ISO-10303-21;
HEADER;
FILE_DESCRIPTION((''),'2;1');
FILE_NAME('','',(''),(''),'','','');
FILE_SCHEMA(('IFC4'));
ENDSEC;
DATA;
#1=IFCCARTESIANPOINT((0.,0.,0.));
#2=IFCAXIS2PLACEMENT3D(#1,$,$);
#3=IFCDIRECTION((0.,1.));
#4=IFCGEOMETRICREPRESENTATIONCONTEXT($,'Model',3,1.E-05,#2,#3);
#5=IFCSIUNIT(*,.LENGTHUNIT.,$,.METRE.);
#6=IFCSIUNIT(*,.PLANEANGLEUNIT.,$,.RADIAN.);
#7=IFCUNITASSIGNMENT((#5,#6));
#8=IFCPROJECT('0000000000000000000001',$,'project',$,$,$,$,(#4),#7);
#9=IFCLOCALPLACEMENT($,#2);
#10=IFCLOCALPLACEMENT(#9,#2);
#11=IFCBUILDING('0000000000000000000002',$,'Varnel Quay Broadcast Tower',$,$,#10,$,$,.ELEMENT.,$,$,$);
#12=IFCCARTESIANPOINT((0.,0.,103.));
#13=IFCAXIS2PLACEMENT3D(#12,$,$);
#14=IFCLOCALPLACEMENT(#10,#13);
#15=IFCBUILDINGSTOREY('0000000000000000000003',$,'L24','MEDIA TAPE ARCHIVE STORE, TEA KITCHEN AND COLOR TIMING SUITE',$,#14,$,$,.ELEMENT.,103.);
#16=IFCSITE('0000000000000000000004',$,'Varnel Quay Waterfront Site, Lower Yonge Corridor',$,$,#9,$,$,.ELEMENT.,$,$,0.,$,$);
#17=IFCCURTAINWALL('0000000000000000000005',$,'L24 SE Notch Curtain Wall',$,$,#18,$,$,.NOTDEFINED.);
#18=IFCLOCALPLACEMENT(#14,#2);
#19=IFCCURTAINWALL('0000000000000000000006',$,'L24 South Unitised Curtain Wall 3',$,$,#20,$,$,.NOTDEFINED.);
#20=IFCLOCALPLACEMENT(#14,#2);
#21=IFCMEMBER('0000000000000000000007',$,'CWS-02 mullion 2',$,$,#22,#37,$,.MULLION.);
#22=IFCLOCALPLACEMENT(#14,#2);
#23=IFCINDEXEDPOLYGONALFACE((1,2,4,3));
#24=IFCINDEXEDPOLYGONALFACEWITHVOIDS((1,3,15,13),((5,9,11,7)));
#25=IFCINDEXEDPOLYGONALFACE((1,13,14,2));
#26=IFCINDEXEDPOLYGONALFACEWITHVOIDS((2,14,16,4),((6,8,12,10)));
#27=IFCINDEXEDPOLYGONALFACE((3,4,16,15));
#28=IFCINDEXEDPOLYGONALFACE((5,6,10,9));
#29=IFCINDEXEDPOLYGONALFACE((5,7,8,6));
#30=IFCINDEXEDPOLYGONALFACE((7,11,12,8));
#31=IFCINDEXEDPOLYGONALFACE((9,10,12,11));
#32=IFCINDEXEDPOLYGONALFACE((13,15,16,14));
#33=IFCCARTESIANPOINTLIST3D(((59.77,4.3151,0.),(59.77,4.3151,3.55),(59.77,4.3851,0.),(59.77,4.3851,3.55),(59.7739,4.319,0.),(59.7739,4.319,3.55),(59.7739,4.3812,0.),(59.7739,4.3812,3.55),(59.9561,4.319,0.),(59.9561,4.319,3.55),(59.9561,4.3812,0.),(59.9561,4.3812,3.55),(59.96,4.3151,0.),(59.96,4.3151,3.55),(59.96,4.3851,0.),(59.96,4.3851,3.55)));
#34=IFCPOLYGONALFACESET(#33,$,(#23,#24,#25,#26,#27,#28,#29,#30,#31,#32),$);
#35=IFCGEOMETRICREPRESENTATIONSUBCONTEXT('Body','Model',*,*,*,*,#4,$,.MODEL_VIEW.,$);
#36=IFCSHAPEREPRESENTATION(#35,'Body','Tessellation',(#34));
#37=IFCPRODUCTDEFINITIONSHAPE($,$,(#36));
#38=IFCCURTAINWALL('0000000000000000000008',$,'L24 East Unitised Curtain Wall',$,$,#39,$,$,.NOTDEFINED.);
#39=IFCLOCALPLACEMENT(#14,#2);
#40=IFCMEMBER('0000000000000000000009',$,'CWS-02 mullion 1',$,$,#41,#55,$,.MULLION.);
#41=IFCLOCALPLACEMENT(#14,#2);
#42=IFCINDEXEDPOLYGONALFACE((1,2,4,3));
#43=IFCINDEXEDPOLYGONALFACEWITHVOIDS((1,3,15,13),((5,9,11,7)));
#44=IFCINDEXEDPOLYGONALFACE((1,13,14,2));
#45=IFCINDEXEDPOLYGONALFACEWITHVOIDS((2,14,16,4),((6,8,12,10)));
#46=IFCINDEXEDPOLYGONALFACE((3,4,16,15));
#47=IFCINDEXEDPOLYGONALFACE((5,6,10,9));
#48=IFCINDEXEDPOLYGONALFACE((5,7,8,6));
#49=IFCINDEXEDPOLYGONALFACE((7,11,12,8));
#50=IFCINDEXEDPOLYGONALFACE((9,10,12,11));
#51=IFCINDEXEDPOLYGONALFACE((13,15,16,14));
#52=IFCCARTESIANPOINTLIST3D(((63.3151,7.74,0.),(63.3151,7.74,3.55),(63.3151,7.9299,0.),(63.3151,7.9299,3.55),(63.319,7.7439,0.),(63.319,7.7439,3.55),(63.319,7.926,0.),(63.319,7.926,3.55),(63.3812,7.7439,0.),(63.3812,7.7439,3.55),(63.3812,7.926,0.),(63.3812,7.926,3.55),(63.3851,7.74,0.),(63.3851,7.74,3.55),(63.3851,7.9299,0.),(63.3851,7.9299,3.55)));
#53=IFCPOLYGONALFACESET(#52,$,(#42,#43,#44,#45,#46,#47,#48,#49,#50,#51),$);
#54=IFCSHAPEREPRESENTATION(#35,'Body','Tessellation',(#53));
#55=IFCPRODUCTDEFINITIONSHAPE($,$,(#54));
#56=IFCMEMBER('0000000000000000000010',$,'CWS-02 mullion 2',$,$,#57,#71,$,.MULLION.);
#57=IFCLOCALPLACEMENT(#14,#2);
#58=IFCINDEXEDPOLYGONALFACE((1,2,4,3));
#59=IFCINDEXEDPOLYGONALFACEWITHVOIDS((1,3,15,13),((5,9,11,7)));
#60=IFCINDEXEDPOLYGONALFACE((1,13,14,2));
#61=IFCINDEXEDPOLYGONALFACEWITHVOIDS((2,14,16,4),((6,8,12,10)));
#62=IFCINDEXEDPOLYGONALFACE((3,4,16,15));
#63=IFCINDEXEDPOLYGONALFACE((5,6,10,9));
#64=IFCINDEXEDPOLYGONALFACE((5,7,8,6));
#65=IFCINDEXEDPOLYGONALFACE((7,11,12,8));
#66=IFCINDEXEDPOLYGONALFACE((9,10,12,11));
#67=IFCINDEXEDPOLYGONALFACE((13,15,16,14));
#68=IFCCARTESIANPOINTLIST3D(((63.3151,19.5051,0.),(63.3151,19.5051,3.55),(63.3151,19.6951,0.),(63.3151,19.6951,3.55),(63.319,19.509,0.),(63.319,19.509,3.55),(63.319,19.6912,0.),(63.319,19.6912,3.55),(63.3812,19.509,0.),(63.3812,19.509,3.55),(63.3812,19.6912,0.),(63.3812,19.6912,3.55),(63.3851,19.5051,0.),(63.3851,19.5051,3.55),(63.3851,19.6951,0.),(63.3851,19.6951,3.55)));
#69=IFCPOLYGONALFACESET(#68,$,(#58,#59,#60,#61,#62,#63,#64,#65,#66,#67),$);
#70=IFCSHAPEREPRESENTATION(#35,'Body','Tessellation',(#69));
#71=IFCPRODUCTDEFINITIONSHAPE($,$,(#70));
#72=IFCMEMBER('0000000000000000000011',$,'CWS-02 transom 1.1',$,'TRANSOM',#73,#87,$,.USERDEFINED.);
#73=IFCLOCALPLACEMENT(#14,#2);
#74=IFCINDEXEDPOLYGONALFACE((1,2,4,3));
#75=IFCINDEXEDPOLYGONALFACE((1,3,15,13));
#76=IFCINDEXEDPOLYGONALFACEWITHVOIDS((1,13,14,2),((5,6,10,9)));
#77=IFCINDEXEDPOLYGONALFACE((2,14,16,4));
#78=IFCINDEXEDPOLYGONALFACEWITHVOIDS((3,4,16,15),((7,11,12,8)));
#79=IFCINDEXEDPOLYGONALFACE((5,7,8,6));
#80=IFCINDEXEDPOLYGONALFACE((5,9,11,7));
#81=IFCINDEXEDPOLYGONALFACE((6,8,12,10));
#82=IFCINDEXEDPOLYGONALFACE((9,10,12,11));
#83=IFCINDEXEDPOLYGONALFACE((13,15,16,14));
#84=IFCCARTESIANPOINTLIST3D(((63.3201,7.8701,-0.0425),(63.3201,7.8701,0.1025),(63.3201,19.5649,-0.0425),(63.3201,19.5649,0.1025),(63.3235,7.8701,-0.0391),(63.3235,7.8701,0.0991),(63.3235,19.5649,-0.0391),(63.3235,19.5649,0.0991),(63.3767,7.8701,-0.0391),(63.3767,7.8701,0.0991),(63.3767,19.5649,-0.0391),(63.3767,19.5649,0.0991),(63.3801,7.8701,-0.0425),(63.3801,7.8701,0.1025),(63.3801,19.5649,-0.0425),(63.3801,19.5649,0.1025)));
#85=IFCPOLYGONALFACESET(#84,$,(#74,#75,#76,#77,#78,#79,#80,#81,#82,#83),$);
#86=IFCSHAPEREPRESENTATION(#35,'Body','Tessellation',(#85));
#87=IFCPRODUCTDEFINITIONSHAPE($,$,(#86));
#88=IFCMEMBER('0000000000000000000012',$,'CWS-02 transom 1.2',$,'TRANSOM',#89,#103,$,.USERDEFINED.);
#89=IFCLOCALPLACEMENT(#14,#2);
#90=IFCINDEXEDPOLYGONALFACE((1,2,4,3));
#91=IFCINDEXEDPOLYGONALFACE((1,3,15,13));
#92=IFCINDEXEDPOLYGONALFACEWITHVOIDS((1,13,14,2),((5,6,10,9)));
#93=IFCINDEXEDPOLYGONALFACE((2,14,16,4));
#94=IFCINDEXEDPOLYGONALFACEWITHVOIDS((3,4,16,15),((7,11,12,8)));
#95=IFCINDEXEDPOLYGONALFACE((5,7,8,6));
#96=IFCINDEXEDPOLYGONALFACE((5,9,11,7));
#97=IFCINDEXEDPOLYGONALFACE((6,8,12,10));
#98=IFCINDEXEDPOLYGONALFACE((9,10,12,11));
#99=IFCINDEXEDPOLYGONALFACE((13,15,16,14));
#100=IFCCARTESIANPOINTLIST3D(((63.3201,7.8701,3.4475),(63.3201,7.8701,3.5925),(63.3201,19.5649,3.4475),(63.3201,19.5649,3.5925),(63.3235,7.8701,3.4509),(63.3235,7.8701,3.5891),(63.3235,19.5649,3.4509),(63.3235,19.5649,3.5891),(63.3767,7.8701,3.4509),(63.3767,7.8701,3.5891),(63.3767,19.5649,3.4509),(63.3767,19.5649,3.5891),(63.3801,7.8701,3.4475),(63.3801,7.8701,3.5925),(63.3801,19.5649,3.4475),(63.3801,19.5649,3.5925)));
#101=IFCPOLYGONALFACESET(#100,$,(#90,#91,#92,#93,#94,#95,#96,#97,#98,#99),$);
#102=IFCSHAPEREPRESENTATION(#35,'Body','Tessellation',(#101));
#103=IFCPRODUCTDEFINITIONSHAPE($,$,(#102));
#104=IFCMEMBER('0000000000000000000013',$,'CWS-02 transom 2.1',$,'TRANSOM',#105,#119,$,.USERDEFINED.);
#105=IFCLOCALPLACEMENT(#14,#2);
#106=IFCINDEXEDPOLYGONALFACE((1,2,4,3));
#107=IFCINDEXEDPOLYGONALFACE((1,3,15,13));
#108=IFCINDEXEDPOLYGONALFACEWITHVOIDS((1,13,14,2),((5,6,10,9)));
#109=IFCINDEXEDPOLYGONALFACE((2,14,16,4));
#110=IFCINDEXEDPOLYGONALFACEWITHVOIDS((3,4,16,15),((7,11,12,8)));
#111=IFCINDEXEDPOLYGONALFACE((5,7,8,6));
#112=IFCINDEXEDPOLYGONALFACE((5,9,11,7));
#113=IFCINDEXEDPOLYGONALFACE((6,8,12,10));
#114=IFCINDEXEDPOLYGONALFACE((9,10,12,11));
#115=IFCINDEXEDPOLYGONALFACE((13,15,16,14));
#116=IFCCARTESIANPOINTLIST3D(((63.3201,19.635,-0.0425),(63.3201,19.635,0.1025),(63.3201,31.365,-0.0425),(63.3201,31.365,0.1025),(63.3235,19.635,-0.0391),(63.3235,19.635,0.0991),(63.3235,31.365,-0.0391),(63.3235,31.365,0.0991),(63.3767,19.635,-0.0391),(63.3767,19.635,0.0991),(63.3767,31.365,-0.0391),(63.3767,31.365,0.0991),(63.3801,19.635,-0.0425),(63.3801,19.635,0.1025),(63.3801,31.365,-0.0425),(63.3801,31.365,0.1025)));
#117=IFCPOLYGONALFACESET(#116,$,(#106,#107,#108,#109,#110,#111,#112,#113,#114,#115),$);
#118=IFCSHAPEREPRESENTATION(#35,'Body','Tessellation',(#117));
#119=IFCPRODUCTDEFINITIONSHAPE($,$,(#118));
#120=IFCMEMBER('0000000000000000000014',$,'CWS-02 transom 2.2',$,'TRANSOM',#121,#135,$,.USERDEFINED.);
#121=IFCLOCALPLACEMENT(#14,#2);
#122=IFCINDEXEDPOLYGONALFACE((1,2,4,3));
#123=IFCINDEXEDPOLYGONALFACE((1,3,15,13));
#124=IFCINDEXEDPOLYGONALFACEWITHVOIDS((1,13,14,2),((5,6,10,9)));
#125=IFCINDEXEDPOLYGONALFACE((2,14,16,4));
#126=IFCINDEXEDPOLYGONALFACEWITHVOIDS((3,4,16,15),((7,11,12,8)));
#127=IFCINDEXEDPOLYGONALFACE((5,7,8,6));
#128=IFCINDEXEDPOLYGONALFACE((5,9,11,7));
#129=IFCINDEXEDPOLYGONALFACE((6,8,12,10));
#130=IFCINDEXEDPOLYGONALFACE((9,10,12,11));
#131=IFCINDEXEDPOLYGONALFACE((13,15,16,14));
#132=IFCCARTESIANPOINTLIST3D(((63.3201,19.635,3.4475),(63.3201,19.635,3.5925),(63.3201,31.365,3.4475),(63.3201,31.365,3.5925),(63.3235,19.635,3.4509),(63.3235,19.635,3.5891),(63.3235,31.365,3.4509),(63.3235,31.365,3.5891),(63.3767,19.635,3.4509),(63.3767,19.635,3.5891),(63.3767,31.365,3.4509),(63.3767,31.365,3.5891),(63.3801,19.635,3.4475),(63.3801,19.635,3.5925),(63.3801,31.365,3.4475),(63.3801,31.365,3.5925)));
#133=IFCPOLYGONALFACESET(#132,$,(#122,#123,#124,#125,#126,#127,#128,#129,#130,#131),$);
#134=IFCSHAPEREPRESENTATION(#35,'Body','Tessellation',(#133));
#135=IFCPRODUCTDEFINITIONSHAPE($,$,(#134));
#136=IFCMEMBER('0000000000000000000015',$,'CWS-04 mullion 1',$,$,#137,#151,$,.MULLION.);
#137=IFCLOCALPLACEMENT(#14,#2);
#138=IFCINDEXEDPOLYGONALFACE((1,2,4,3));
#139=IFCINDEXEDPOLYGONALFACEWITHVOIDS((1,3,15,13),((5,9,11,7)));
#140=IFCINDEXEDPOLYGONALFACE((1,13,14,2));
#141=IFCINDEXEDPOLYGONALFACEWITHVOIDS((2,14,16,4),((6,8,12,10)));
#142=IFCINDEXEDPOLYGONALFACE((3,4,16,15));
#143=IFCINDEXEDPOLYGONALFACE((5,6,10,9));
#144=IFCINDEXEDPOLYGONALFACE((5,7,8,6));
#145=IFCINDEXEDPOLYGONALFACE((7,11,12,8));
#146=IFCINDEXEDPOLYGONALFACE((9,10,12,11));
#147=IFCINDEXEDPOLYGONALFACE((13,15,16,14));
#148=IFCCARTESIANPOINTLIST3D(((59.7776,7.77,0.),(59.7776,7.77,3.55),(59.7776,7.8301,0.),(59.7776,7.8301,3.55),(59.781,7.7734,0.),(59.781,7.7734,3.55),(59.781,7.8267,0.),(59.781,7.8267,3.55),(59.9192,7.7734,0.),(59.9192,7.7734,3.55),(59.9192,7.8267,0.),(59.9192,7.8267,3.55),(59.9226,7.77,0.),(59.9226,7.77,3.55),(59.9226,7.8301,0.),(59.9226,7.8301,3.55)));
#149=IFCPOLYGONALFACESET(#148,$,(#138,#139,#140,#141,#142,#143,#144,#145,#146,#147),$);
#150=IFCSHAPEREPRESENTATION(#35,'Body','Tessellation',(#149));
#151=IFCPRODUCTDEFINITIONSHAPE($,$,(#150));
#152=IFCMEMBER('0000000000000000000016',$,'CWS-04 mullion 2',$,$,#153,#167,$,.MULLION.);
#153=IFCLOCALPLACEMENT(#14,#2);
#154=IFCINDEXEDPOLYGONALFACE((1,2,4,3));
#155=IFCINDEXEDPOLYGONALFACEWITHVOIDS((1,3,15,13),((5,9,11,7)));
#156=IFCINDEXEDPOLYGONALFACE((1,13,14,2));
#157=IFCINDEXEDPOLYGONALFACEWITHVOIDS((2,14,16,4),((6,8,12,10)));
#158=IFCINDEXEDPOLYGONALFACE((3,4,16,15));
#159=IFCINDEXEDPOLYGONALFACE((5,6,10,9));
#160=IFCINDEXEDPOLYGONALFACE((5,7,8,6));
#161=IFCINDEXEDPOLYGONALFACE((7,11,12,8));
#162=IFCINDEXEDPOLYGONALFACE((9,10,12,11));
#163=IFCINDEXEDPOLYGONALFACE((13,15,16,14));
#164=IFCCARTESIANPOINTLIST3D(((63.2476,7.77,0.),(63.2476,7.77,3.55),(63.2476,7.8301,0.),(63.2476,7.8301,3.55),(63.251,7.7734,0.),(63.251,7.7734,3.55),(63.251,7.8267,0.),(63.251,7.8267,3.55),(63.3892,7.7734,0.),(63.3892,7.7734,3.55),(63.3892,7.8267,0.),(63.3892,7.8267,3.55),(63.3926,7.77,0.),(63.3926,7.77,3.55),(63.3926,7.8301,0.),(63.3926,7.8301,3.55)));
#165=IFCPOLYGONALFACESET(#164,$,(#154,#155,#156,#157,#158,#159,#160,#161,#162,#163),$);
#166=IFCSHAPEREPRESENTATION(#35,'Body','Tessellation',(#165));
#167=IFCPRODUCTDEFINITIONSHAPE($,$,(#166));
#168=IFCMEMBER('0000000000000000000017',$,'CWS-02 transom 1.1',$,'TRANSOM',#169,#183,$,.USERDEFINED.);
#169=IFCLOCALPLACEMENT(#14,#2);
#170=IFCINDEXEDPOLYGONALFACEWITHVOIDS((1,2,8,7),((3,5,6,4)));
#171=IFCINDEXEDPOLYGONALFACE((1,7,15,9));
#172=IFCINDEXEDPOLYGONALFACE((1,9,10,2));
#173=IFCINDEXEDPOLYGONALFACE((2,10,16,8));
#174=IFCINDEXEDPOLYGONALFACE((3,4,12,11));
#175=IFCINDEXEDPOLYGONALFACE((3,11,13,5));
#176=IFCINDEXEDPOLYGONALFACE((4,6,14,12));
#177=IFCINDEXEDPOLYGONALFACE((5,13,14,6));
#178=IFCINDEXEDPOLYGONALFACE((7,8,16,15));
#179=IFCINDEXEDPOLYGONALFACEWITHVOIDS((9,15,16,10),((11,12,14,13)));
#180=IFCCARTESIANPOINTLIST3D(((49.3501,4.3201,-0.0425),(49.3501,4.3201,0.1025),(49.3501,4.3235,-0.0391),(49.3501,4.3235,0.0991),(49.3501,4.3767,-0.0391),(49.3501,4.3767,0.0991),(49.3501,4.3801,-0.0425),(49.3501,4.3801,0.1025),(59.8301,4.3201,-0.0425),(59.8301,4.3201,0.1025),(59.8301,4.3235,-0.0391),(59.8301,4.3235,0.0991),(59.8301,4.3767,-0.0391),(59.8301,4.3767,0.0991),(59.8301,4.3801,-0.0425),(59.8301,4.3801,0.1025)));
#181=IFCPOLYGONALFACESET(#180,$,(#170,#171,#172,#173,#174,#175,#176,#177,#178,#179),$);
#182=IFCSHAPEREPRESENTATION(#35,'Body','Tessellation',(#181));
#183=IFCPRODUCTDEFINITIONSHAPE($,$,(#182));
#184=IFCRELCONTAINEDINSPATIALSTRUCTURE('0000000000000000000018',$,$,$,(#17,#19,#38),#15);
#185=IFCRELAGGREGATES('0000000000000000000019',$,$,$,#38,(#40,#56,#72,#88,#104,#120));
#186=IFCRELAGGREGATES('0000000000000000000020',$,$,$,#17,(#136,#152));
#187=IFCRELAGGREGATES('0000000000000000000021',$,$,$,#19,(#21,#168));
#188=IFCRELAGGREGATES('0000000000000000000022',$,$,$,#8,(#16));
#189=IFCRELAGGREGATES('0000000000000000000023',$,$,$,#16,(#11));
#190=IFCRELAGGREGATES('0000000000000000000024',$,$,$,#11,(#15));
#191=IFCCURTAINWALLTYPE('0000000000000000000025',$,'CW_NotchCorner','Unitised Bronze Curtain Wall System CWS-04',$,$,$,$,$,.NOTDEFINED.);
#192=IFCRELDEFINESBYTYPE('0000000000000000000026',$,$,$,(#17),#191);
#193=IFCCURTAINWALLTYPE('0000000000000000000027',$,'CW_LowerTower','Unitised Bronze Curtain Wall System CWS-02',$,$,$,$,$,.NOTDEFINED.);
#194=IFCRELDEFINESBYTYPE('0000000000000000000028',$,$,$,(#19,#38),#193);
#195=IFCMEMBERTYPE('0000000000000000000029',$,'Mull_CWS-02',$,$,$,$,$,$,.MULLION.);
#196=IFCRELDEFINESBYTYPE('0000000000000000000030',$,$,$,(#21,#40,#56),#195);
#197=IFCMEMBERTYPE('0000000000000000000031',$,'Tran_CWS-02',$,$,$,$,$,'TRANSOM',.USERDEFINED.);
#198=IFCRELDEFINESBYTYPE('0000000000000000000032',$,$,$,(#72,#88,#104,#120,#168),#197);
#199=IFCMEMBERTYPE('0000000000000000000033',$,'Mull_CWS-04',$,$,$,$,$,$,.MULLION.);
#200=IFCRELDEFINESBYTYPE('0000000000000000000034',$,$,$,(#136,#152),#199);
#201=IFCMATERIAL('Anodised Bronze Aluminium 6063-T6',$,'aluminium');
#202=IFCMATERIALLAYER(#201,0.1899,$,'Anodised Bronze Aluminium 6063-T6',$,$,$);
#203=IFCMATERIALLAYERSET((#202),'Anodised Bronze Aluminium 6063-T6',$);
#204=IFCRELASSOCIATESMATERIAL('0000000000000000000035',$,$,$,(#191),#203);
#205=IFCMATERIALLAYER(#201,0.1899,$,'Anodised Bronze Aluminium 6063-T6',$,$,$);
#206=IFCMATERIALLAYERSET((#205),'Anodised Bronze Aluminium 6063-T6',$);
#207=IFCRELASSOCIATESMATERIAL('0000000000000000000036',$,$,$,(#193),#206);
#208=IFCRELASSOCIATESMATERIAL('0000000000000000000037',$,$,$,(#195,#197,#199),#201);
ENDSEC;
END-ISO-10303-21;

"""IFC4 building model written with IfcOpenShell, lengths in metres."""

from ifc_helpers import new_model, si_unit, direction, frame, origin, origin_2d, place, context, subcontext, project, spatial, hollow_rectangle, extrude, source, transform, mapped, material, layer, layer_set, material_profile, profile_set, type_object, type_shapes, element, aggregate, save


model = new_model("IFC4")

# Units and contexts
model_context = context("Model", 3, precision=1e-05, world=origin(), true_north=direction((0.0, 1.0)))
body_context = subcontext(model_context, "Body", "Model", "MODEL_VIEW")
ifc_project = project(units=[si_unit("LENGTHUNIT", "METRE"), si_unit("PLANEANGLEUNIT", "RADIAN")], contexts=[model_context])

# Site, building, storey
site_placement = place(None, origin())
site = spatial("IfcSite", under=ifc_project, at=site_placement, Name="Varnel Quay Waterfront Site, Lower Yonge Corridor", CompositionType="ELEMENT", RefElevation=0.0)
building_placement = place(site_placement, origin())
building = spatial("IfcBuilding", under=site, at=building_placement, Name="Varnel Quay Broadcast Tower", CompositionType="ELEMENT")
storey_placement = place(building_placement, frame((0.0, 0.0, 103.0)))
storey = spatial("IfcBuildingStorey", under=building, at=storey_placement, Name="L24", Description="MEDIA TAPE ARCHIVE STORE, TEA KITCHEN AND COLOR TIMING SUITE", CompositionType="ELEMENT", Elevation=103.0)

# Curtain walls, members
ifc_material_1 = material(Name="Anodised Bronze Aluminium 6063-T6", Category="aluminium")
ifc_layer_1 = layer(ifc_material_1, 0.1899, Name="Anodised Bronze Aluminium 6063-T6")
ifc_layer_set_1 = layer_set([ifc_layer_1], Name="Anodised Bronze Aluminium 6063-T6")
curtain_wall_type_1 = type_object("IfcCurtainWallType", Name="CW_NotchCorner", Description="Unitised Bronze Curtain Wall System CWS-04", PredefinedType="NOTDEFINED", material=ifc_layer_set_1)
curtain_wall_1_placement = place(storey_placement, origin())
curtain_wall_1 = element("IfcCurtainWall", 1, at=curtain_wall_1_placement, inside=storey, type_object=curtain_wall_type_1, Name="L24 SE Notch Curtain Wall", PredefinedType="NOTDEFINED")
ifc_layer_2 = layer(ifc_material_1, 0.1899, Name="Anodised Bronze Aluminium 6063-T6")
ifc_layer_set_2 = layer_set([ifc_layer_2], Name="Anodised Bronze Aluminium 6063-T6")
curtain_wall_type_2 = type_object("IfcCurtainWallType", Name="CW_LowerTower", Description="Unitised Bronze Curtain Wall System CWS-02", PredefinedType="NOTDEFINED", material=ifc_layer_set_2)
curtain_wall_2_placement = place(storey_placement, origin())
curtain_wall_2 = element("IfcCurtainWall", 2, at=curtain_wall_2_placement, inside=storey, type_object=curtain_wall_type_2, Name="L24 South Unitised Curtain Wall 3", PredefinedType="NOTDEFINED")
ifc_material_profile_1 = material_profile(ifc_material_1, hollow_rectangle(XDim=0.0701, YDim=0.1899, WallThickness=0.0039, at=origin_2d()), Name="ALU70X190X4")
ifc_profile_set_1 = profile_set([ifc_material_profile_1], Name="Anodised Bronze Aluminium 6063-T6")
member_type_1 = type_object("IfcMemberType", Name="Mull_CWS-02", PredefinedType="MULLION", material=ifc_profile_set_1)
shared_shape_1 = source(origin(), body_context, "Body", "SweptSolid", [
    extrude(hollow_rectangle(XDim=0.0701, YDim=0.1899, WallThickness=0.0039, at=origin_2d()), origin(), (0.0, 0.0, 1.0), 3.55),
])
type_shapes(member_type_1, [shared_shape_1])
member_1_placement = place(storey_placement, frame((59.865, 4.3501, 0.0), z_axis=(0.0, 0.0, 1.0), x_axis=(0.0, 1.0, 0.0)))
member_1 = element("IfcMember", 3, at=member_1_placement, type_object=member_type_1, Name="CWS-02 mullion 2", PredefinedType="MULLION", context=body_context, shape_type="MappedRepresentation", body=[
    mapped(shared_shape_1, transform((0.0, 0.0, 0.0), x_axis=(1.0, 0.0, 0.0), y_axis=(0.0, 1.0, 0.0), z_axis=(0.0, 0.0, 1.0), scale=1.0)),
])
curtain_wall_3_placement = place(storey_placement, origin())
curtain_wall_3 = element("IfcCurtainWall", 4, at=curtain_wall_3_placement, inside=storey, type_object=curtain_wall_type_2, Name="L24 East Unitised Curtain Wall", PredefinedType="NOTDEFINED")
member_2_placement = place(storey_placement, frame((63.3501, 7.835, 0.0), z_axis=(0.0, 0.0, 1.0), x_axis=(-1.0, 0.0, 0.0)))
member_2 = element("IfcMember", 5, at=member_2_placement, type_object=member_type_1, Name="CWS-02 mullion 1", PredefinedType="MULLION", context=body_context, shape_type="MappedRepresentation", body=[
    mapped(shared_shape_1, transform((0.0, 0.0, 0.0), x_axis=(1.0, 0.0, 0.0), y_axis=(0.0, 1.0, 0.0), z_axis=(0.0, 0.0, 1.0), scale=1.0)),
])
member_3_placement = place(storey_placement, frame((63.3501, 19.6001, 0.0), z_axis=(0.0, 0.0, 1.0), x_axis=(-1.0, 0.0, 0.0)))
member_3 = element("IfcMember", 6, at=member_3_placement, type_object=member_type_1, Name="CWS-02 mullion 2", PredefinedType="MULLION", context=body_context, shape_type="MappedRepresentation", body=[
    mapped(shared_shape_1, transform((0.0, 0.0, 0.0), x_axis=(1.0, 0.0, 0.0), y_axis=(0.0, 1.0, 0.0), z_axis=(0.0, 0.0, 1.0), scale=1.0)),
])
ifc_material_profile_2 = material_profile(ifc_material_1, hollow_rectangle(XDim=0.0601, YDim=0.145, WallThickness=0.0034, at=origin_2d()), Name="ALU60X145X3.5")
ifc_profile_set_2 = profile_set([ifc_material_profile_2], Name="Anodised Bronze Aluminium 6063-T6")
member_type_2 = type_object("IfcMemberType", Name="Tran_CWS-02", ElementType="TRANSOM", PredefinedType="USERDEFINED", material=ifc_profile_set_2)
shared_shape_2 = source(origin(), body_context, "Body", "SweptSolid", [
    extrude(hollow_rectangle(XDim=0.0601, YDim=0.145, WallThickness=0.0034, at=origin_2d()), origin(), (0.0, 0.0, 1.0), 11.6948),
])
member_4_placement = place(storey_placement, frame((63.3501, 7.8701, 0.03), z_axis=(0.0, 1.0, 0.0), x_axis=(-1.0, 0.0, 0.0)))
member_4 = element("IfcMember", 7, at=member_4_placement, type_object=member_type_2, Name="CWS-02 transom 1.1", ObjectType="TRANSOM", PredefinedType="USERDEFINED", context=body_context, shape_type="MappedRepresentation", body=[
    mapped(shared_shape_2, transform((0.0, 0.0, 0.0), x_axis=(1.0, 0.0, 0.0), y_axis=(0.0, 1.0, 0.0), z_axis=(0.0, 0.0, 1.0), scale=1.0)),
])
member_5_placement = place(storey_placement, frame((63.3501, 7.8701, 3.52), z_axis=(0.0, 1.0, 0.0), x_axis=(-1.0, 0.0, 0.0)))
member_5 = element("IfcMember", 8, at=member_5_placement, type_object=member_type_2, Name="CWS-02 transom 1.2", ObjectType="TRANSOM", PredefinedType="USERDEFINED", context=body_context, shape_type="MappedRepresentation", body=[
    mapped(shared_shape_2, transform((0.0, 0.0, 0.0), x_axis=(1.0, 0.0, 0.0), y_axis=(0.0, 1.0, 0.0), z_axis=(0.0, 0.0, 1.0), scale=1.0)),
])
shared_shape_3 = source(origin(), body_context, "Body", "SweptSolid", [
    extrude(hollow_rectangle(XDim=0.0601, YDim=0.145, WallThickness=0.0034, at=origin_2d()), origin(), (0.0, 0.0, 1.0), 11.73),
])
member_6_placement = place(storey_placement, frame((63.3501, 19.635, 0.03), z_axis=(0.0, 1.0, 0.0), x_axis=(-1.0, 0.0, 0.0)))
member_6 = element("IfcMember", 9, at=member_6_placement, type_object=member_type_2, Name="CWS-02 transom 2.1", ObjectType="TRANSOM", PredefinedType="USERDEFINED", context=body_context, shape_type="MappedRepresentation", body=[
    mapped(shared_shape_3, transform((0.0, 0.0, 0.0), x_axis=(1.0, 0.0, 0.0), y_axis=(0.0, 1.0, 0.0), z_axis=(0.0, 0.0, 1.0), scale=1.0)),
])
member_7_placement = place(storey_placement, frame((63.3501, 19.635, 3.52), z_axis=(0.0, 1.0, 0.0), x_axis=(-1.0, 0.0, 0.0)))
member_7 = element("IfcMember", 10, at=member_7_placement, type_object=member_type_2, Name="CWS-02 transom 2.2", ObjectType="TRANSOM", PredefinedType="USERDEFINED", context=body_context, shape_type="MappedRepresentation", body=[
    mapped(shared_shape_3, transform((0.0, 0.0, 0.0), x_axis=(1.0, 0.0, 0.0), y_axis=(0.0, 1.0, 0.0), z_axis=(0.0, 0.0, 1.0), scale=1.0)),
])

# Members
ifc_material_profile_3 = material_profile(ifc_material_1, hollow_rectangle(XDim=0.0601, YDim=0.145, WallThickness=0.0034, at=origin_2d()), Name="ALU60X145X3.5")
ifc_profile_set_3 = profile_set([ifc_material_profile_3], Name="Anodised Bronze Aluminium 6063-T6")
member_type_3 = type_object("IfcMemberType", Name="Mull_CWS-04", PredefinedType="MULLION", material=ifc_profile_set_3)
shared_shape_4 = source(origin(), body_context, "Body", "SweptSolid", [
    extrude(hollow_rectangle(XDim=0.0601, YDim=0.145, WallThickness=0.0034, at=origin_2d()), origin(), (0.0, 0.0, 1.0), 3.55),
])
type_shapes(member_type_3, [shared_shape_4])
member_8_placement = place(storey_placement, frame((59.8501, 7.8, 0.0), z_axis=(0.0, 0.0, 1.0), x_axis=(0.0, 1.0, 0.0)))
member_8 = element("IfcMember", 11, at=member_8_placement, type_object=member_type_3, Name="CWS-04 mullion 1", PredefinedType="MULLION", context=body_context, shape_type="MappedRepresentation", body=[
    mapped(shared_shape_4, transform((0.0, 0.0, 0.0), x_axis=(1.0, 0.0, 0.0), y_axis=(0.0, 1.0, 0.0), z_axis=(0.0, 0.0, 1.0), scale=1.0)),
])
member_9_placement = place(storey_placement, frame((63.3201, 7.8, 0.0), z_axis=(0.0, 0.0, 1.0), x_axis=(0.0, 1.0, 0.0)))
member_9 = element("IfcMember", 12, at=member_9_placement, type_object=member_type_3, Name="CWS-04 mullion 2", PredefinedType="MULLION", context=body_context, shape_type="MappedRepresentation", body=[
    mapped(shared_shape_4, transform((0.0, 0.0, 0.0), x_axis=(1.0, 0.0, 0.0), y_axis=(0.0, 1.0, 0.0), z_axis=(0.0, 0.0, 1.0), scale=1.0)),
])
shared_shape_5 = source(origin(), body_context, "Body", "SweptSolid", [
    extrude(hollow_rectangle(XDim=0.0601, YDim=0.145, WallThickness=0.0034, at=origin_2d()), origin(), (0.0, 0.0, 1.0), 10.48),
])
type_shapes(member_type_2, [shared_shape_2, shared_shape_3, shared_shape_5])
member_10_placement = place(storey_placement, frame((49.3501, 4.3501, 0.03), z_axis=(1.0, 0.0, 0.0), x_axis=(0.0, 1.0, 0.0)))
member_10 = element("IfcMember", 13, at=member_10_placement, type_object=member_type_2, Name="CWS-02 transom 1.1", ObjectType="TRANSOM", PredefinedType="USERDEFINED", context=body_context, shape_type="MappedRepresentation", body=[
    mapped(shared_shape_5, transform((0.0, 0.0, 0.0), x_axis=(1.0, 0.0, 0.0), y_axis=(0.0, 1.0, 0.0), z_axis=(0.0, 0.0, 1.0), scale=1.0)),
])

aggregate(curtain_wall_3, [member_2, member_3, member_4, member_5, member_6, member_7])
aggregate(curtain_wall_1, [member_8, member_9])
aggregate(curtain_wall_2, [member_1, member_10])

save(model, "model.ifc")
